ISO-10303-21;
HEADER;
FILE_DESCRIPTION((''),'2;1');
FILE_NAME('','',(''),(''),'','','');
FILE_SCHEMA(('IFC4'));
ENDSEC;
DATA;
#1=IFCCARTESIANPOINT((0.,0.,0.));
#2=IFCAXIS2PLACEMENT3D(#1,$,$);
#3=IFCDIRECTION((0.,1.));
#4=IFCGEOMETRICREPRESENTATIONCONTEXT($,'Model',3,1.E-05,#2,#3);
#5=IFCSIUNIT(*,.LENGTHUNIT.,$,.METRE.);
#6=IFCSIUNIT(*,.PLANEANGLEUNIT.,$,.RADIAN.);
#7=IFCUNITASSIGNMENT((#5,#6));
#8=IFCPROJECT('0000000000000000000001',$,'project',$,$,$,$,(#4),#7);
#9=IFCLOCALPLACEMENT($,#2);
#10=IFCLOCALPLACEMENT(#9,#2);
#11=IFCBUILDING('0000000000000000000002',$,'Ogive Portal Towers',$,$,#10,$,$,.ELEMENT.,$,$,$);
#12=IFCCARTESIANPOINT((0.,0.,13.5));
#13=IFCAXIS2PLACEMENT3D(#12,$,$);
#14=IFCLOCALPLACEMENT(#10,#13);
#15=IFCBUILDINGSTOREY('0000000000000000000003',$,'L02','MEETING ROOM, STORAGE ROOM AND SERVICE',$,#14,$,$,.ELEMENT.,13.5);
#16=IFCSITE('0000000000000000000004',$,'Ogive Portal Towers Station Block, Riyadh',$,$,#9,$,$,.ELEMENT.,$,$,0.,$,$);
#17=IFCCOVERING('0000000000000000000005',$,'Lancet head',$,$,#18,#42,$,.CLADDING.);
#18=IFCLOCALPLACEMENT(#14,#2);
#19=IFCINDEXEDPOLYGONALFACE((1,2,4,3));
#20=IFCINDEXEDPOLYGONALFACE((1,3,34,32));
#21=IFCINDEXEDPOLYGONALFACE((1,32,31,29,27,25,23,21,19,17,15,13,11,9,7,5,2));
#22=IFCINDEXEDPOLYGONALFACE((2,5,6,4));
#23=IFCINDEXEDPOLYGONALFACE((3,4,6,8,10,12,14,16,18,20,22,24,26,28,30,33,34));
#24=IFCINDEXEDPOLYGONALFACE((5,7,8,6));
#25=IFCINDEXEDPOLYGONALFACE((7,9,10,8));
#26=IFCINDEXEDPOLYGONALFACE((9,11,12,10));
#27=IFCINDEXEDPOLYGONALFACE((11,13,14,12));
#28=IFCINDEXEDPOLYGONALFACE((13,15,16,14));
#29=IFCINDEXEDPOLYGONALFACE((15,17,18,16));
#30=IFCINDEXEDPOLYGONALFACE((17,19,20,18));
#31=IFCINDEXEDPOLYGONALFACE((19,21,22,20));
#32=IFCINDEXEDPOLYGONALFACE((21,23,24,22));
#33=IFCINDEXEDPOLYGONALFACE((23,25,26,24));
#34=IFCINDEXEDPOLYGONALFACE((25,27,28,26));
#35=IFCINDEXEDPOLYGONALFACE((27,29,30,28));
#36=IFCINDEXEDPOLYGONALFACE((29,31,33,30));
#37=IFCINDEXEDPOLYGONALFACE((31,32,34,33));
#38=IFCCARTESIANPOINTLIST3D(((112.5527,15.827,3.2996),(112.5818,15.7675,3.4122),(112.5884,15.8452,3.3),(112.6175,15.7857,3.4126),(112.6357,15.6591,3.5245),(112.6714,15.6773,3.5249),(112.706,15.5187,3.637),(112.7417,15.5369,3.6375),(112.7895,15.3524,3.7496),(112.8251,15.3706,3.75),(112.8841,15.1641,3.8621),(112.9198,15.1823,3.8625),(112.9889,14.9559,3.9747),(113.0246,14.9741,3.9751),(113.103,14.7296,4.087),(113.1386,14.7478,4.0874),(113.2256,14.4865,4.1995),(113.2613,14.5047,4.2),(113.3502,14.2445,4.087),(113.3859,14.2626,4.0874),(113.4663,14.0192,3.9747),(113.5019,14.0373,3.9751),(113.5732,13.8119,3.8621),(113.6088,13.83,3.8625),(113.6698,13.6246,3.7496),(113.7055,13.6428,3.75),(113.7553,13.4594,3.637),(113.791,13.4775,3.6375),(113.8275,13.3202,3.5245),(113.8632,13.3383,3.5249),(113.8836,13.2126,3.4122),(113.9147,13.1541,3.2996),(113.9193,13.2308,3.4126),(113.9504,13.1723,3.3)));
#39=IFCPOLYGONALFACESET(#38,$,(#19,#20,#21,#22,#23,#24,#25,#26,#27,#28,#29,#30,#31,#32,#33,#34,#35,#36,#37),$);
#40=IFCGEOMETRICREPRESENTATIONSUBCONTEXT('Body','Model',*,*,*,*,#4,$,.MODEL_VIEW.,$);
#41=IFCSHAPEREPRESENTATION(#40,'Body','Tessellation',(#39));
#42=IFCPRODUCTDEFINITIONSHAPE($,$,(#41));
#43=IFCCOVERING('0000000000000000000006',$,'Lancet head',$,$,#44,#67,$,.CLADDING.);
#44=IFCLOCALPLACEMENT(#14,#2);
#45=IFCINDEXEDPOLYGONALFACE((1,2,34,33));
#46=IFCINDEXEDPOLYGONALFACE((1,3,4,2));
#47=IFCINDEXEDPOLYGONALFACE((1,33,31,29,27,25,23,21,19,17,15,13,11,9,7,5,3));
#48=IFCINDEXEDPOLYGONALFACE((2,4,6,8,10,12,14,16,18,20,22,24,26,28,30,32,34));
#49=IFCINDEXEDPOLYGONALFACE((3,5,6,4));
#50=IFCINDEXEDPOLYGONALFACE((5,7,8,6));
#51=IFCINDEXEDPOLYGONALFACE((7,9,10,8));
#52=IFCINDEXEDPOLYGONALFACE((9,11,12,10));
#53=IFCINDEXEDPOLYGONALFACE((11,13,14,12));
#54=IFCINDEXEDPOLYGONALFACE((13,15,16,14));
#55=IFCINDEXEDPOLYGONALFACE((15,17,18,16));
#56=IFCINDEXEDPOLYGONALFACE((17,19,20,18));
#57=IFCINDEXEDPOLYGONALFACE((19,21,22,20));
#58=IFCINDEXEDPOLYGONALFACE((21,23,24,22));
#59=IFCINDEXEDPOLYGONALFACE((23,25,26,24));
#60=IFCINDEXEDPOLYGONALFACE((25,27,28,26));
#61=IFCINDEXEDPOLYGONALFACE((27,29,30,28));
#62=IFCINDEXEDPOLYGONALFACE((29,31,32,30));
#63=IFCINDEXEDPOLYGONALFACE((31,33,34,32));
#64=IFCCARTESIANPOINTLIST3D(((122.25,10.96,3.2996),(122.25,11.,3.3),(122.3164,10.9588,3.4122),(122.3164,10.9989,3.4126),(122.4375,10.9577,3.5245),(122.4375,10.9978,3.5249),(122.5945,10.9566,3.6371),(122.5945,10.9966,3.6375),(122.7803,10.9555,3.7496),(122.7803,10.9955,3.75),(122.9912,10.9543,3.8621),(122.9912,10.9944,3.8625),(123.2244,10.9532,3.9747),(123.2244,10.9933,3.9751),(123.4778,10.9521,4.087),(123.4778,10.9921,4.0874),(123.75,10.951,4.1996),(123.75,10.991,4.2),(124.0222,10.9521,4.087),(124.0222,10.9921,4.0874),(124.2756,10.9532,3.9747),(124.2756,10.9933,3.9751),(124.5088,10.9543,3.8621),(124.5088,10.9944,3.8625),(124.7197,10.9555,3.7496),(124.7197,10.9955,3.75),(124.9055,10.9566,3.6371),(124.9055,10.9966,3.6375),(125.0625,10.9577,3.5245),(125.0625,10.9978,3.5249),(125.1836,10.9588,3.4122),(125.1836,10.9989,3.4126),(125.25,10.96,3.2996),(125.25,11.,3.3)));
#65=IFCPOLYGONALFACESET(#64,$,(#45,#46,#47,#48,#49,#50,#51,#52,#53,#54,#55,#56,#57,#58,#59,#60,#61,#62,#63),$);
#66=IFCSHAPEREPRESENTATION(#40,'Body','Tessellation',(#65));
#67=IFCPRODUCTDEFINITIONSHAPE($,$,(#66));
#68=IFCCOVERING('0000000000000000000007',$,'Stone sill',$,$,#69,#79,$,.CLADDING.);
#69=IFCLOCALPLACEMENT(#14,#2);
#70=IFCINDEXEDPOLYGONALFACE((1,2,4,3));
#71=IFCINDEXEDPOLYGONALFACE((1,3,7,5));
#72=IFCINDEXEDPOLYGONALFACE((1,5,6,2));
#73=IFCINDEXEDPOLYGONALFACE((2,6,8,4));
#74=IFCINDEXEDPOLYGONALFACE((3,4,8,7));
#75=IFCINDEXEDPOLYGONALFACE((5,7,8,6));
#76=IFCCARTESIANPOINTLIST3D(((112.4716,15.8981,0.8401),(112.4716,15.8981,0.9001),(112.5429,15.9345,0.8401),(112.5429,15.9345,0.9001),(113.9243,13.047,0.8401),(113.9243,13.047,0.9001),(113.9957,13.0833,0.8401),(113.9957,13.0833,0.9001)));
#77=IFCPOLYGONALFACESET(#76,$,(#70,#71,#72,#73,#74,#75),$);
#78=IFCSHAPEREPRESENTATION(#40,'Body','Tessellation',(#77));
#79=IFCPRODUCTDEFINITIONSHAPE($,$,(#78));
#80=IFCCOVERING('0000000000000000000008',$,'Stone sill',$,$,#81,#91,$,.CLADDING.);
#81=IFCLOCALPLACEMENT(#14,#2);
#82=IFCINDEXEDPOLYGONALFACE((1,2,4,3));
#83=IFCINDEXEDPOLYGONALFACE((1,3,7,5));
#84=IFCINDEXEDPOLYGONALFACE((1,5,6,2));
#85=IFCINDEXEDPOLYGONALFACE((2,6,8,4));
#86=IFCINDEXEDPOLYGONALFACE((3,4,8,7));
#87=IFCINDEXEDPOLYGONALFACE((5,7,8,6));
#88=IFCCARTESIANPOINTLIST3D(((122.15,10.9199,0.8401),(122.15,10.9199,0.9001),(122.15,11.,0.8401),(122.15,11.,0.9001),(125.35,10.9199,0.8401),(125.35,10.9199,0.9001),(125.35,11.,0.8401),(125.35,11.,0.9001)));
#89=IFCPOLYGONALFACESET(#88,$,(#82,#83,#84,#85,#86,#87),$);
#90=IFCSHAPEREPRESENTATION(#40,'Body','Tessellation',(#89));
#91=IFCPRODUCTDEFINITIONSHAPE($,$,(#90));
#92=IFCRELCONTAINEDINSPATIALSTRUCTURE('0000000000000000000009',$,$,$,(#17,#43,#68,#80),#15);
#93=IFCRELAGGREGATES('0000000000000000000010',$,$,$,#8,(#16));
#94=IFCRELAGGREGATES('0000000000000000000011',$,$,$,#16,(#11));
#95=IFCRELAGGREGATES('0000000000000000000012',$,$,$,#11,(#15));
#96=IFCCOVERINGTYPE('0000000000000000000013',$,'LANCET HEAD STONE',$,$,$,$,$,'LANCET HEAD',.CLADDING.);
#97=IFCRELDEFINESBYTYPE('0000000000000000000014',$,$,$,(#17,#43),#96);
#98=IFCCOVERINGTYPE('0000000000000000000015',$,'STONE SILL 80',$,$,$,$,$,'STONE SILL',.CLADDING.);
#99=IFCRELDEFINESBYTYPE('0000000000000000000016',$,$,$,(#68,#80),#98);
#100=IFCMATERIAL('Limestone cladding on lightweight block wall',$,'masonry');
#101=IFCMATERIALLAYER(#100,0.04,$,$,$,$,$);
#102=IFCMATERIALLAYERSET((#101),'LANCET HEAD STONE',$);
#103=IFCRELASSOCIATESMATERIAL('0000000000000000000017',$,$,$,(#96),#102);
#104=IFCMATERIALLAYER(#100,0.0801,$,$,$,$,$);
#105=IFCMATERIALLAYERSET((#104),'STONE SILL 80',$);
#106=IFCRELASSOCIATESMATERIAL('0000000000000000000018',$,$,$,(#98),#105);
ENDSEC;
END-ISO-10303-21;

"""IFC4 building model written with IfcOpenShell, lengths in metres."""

from ifc_helpers import new_model, si_unit, direction, frame, origin, origin_2d, place, context, subcontext, project, spatial, polyline, rectangle, outline, extrude, material, layer, layer_set, type_object, element, save


model = new_model("IFC4")

# Units and contexts
model_context = context("Model", 3, precision=1e-05, world=origin(), true_north=direction((0.0, 1.0)))
body_context = subcontext(model_context, "Body", "Model", "MODEL_VIEW")
ifc_project = project(units=[si_unit("LENGTHUNIT", "METRE"), si_unit("PLANEANGLEUNIT", "RADIAN")], contexts=[model_context])

# Site, building, storey
site_placement = place(None, origin())
site = spatial("IfcSite", under=ifc_project, at=site_placement, Name="Ogive Portal Towers Station Block, Riyadh", CompositionType="ELEMENT", RefElevation=0.0)
building_placement = place(site_placement, origin())
building = spatial("IfcBuilding", under=site, at=building_placement, Name="Ogive Portal Towers", CompositionType="ELEMENT")
storey_placement = place(building_placement, frame((0.0, 0.0, 13.5)))
storey = spatial("IfcBuildingStorey", under=building, at=storey_placement, Name="L02", Description="MEETING ROOM, STORAGE ROOM AND SERVICE", CompositionType="ELEMENT", Elevation=13.5)

# Shared definitions
ifc_material_1 = material(Name="Limestone cladding on lightweight block wall", Category="masonry")

# Coverings
ifc_layer_1 = layer(ifc_material_1, 0.04)
ifc_layer_set_1 = layer_set([ifc_layer_1], Name="LANCET HEAD STONE")
covering_type_1 = type_object("IfcCoveringType", Name="LANCET HEAD STONE", ElementType="LANCET HEAD", PredefinedType="CLADDING", material=ifc_layer_set_1)
covering_1_placement = place(storey_placement, frame((112.5884, 15.8452, 3.3), z_axis=(0.890951, 0.453987, 0.010108), x_axis=(0.45401, -0.890997, 0.0)))
element("IfcCovering", 1, at=covering_1_placement, inside=storey, type_object=covering_type_1, Name="Lancet head", PredefinedType="CLADDING", context=body_context, shape_type="SweptSolid", body=[
    extrude(outline(polyline([(0.0, 0.0), (2.9999, 0.0), (2.9337, -0.1126), (2.8124, -0.2249), (2.6556, -0.3374), (2.4695, -0.45), (2.2588, -0.5625), (2.0256, -0.6751), (1.7721, -0.7874), (1.4999, -0.8999), (1.2276, -0.7874), (0.9742, -0.6751), (0.7411, -0.5625), (0.5304, -0.45), (0.3443, -0.3374), (0.1873, -0.2249), (0.0663, -0.1126), (0.0, 0.0)])), origin(), (0.0, 0.0, -1.0), 0.04),
])
covering_2_placement = place(storey_placement, frame((122.25, 11.0, 3.3), z_axis=(0.0, 0.99995, 0.009994), x_axis=(1.0, 0.0, 0.0)))
element("IfcCovering", 2, at=covering_2_placement, inside=storey, type_object=covering_type_1, Name="Lancet head", PredefinedType="CLADDING", context=body_context, shape_type="SweptSolid", body=[
    extrude(outline(polyline([(0.0, 0.0), (3.0, 0.0), (2.9336, -0.1126), (2.8125, -0.2249), (2.6555, -0.3374), (2.4697, -0.45), (2.2588, -0.5625), (2.0256, -0.6751), (1.7722, -0.7874), (1.5, -0.8999), (1.2278, -0.7874), (0.9744, -0.6751), (0.7412, -0.5625), (0.5303, -0.45), (0.3445, -0.3374), (0.1875, -0.2249), (0.0664, -0.1126), (0.0, 0.0)])), origin(), (0.0, 0.0, -1.0), 0.04),
])
ifc_layer_2 = layer(ifc_material_1, 0.0801)
ifc_layer_set_2 = layer_set([ifc_layer_2], Name="STONE SILL 80")
covering_type_2 = type_object("IfcCoveringType", Name="STONE SILL 80", ElementType="STONE SILL", PredefinedType="CLADDING", material=ifc_layer_set_2)
for number, where, z_axis, x_axis, name in (
    (3, (113.2336, 14.4907, 0.8401), (0.0, 0.0, 1.0), (0.45399, -0.891007, 0.0), "Stone sill"),
    (4, (123.75, 10.96, 0.8401), (0.0, 0.0, 1.0), (1.0, 0.0, 0.0), "Stone sill"),
):
    element("IfcCovering", number, at=place(storey_placement, frame(where, z_axis=z_axis, x_axis=x_axis)), inside=storey, type_object=covering_type_2, Name=name, PredefinedType="CLADDING", context=body_context, shape_type="SweptSolid", body=[
        extrude(rectangle(XDim=3.2, YDim=0.0801, at=origin_2d()), origin(), (0.0, 0.0, 1.0), 0.0601),
    ])

save(model, "model.ifc")
